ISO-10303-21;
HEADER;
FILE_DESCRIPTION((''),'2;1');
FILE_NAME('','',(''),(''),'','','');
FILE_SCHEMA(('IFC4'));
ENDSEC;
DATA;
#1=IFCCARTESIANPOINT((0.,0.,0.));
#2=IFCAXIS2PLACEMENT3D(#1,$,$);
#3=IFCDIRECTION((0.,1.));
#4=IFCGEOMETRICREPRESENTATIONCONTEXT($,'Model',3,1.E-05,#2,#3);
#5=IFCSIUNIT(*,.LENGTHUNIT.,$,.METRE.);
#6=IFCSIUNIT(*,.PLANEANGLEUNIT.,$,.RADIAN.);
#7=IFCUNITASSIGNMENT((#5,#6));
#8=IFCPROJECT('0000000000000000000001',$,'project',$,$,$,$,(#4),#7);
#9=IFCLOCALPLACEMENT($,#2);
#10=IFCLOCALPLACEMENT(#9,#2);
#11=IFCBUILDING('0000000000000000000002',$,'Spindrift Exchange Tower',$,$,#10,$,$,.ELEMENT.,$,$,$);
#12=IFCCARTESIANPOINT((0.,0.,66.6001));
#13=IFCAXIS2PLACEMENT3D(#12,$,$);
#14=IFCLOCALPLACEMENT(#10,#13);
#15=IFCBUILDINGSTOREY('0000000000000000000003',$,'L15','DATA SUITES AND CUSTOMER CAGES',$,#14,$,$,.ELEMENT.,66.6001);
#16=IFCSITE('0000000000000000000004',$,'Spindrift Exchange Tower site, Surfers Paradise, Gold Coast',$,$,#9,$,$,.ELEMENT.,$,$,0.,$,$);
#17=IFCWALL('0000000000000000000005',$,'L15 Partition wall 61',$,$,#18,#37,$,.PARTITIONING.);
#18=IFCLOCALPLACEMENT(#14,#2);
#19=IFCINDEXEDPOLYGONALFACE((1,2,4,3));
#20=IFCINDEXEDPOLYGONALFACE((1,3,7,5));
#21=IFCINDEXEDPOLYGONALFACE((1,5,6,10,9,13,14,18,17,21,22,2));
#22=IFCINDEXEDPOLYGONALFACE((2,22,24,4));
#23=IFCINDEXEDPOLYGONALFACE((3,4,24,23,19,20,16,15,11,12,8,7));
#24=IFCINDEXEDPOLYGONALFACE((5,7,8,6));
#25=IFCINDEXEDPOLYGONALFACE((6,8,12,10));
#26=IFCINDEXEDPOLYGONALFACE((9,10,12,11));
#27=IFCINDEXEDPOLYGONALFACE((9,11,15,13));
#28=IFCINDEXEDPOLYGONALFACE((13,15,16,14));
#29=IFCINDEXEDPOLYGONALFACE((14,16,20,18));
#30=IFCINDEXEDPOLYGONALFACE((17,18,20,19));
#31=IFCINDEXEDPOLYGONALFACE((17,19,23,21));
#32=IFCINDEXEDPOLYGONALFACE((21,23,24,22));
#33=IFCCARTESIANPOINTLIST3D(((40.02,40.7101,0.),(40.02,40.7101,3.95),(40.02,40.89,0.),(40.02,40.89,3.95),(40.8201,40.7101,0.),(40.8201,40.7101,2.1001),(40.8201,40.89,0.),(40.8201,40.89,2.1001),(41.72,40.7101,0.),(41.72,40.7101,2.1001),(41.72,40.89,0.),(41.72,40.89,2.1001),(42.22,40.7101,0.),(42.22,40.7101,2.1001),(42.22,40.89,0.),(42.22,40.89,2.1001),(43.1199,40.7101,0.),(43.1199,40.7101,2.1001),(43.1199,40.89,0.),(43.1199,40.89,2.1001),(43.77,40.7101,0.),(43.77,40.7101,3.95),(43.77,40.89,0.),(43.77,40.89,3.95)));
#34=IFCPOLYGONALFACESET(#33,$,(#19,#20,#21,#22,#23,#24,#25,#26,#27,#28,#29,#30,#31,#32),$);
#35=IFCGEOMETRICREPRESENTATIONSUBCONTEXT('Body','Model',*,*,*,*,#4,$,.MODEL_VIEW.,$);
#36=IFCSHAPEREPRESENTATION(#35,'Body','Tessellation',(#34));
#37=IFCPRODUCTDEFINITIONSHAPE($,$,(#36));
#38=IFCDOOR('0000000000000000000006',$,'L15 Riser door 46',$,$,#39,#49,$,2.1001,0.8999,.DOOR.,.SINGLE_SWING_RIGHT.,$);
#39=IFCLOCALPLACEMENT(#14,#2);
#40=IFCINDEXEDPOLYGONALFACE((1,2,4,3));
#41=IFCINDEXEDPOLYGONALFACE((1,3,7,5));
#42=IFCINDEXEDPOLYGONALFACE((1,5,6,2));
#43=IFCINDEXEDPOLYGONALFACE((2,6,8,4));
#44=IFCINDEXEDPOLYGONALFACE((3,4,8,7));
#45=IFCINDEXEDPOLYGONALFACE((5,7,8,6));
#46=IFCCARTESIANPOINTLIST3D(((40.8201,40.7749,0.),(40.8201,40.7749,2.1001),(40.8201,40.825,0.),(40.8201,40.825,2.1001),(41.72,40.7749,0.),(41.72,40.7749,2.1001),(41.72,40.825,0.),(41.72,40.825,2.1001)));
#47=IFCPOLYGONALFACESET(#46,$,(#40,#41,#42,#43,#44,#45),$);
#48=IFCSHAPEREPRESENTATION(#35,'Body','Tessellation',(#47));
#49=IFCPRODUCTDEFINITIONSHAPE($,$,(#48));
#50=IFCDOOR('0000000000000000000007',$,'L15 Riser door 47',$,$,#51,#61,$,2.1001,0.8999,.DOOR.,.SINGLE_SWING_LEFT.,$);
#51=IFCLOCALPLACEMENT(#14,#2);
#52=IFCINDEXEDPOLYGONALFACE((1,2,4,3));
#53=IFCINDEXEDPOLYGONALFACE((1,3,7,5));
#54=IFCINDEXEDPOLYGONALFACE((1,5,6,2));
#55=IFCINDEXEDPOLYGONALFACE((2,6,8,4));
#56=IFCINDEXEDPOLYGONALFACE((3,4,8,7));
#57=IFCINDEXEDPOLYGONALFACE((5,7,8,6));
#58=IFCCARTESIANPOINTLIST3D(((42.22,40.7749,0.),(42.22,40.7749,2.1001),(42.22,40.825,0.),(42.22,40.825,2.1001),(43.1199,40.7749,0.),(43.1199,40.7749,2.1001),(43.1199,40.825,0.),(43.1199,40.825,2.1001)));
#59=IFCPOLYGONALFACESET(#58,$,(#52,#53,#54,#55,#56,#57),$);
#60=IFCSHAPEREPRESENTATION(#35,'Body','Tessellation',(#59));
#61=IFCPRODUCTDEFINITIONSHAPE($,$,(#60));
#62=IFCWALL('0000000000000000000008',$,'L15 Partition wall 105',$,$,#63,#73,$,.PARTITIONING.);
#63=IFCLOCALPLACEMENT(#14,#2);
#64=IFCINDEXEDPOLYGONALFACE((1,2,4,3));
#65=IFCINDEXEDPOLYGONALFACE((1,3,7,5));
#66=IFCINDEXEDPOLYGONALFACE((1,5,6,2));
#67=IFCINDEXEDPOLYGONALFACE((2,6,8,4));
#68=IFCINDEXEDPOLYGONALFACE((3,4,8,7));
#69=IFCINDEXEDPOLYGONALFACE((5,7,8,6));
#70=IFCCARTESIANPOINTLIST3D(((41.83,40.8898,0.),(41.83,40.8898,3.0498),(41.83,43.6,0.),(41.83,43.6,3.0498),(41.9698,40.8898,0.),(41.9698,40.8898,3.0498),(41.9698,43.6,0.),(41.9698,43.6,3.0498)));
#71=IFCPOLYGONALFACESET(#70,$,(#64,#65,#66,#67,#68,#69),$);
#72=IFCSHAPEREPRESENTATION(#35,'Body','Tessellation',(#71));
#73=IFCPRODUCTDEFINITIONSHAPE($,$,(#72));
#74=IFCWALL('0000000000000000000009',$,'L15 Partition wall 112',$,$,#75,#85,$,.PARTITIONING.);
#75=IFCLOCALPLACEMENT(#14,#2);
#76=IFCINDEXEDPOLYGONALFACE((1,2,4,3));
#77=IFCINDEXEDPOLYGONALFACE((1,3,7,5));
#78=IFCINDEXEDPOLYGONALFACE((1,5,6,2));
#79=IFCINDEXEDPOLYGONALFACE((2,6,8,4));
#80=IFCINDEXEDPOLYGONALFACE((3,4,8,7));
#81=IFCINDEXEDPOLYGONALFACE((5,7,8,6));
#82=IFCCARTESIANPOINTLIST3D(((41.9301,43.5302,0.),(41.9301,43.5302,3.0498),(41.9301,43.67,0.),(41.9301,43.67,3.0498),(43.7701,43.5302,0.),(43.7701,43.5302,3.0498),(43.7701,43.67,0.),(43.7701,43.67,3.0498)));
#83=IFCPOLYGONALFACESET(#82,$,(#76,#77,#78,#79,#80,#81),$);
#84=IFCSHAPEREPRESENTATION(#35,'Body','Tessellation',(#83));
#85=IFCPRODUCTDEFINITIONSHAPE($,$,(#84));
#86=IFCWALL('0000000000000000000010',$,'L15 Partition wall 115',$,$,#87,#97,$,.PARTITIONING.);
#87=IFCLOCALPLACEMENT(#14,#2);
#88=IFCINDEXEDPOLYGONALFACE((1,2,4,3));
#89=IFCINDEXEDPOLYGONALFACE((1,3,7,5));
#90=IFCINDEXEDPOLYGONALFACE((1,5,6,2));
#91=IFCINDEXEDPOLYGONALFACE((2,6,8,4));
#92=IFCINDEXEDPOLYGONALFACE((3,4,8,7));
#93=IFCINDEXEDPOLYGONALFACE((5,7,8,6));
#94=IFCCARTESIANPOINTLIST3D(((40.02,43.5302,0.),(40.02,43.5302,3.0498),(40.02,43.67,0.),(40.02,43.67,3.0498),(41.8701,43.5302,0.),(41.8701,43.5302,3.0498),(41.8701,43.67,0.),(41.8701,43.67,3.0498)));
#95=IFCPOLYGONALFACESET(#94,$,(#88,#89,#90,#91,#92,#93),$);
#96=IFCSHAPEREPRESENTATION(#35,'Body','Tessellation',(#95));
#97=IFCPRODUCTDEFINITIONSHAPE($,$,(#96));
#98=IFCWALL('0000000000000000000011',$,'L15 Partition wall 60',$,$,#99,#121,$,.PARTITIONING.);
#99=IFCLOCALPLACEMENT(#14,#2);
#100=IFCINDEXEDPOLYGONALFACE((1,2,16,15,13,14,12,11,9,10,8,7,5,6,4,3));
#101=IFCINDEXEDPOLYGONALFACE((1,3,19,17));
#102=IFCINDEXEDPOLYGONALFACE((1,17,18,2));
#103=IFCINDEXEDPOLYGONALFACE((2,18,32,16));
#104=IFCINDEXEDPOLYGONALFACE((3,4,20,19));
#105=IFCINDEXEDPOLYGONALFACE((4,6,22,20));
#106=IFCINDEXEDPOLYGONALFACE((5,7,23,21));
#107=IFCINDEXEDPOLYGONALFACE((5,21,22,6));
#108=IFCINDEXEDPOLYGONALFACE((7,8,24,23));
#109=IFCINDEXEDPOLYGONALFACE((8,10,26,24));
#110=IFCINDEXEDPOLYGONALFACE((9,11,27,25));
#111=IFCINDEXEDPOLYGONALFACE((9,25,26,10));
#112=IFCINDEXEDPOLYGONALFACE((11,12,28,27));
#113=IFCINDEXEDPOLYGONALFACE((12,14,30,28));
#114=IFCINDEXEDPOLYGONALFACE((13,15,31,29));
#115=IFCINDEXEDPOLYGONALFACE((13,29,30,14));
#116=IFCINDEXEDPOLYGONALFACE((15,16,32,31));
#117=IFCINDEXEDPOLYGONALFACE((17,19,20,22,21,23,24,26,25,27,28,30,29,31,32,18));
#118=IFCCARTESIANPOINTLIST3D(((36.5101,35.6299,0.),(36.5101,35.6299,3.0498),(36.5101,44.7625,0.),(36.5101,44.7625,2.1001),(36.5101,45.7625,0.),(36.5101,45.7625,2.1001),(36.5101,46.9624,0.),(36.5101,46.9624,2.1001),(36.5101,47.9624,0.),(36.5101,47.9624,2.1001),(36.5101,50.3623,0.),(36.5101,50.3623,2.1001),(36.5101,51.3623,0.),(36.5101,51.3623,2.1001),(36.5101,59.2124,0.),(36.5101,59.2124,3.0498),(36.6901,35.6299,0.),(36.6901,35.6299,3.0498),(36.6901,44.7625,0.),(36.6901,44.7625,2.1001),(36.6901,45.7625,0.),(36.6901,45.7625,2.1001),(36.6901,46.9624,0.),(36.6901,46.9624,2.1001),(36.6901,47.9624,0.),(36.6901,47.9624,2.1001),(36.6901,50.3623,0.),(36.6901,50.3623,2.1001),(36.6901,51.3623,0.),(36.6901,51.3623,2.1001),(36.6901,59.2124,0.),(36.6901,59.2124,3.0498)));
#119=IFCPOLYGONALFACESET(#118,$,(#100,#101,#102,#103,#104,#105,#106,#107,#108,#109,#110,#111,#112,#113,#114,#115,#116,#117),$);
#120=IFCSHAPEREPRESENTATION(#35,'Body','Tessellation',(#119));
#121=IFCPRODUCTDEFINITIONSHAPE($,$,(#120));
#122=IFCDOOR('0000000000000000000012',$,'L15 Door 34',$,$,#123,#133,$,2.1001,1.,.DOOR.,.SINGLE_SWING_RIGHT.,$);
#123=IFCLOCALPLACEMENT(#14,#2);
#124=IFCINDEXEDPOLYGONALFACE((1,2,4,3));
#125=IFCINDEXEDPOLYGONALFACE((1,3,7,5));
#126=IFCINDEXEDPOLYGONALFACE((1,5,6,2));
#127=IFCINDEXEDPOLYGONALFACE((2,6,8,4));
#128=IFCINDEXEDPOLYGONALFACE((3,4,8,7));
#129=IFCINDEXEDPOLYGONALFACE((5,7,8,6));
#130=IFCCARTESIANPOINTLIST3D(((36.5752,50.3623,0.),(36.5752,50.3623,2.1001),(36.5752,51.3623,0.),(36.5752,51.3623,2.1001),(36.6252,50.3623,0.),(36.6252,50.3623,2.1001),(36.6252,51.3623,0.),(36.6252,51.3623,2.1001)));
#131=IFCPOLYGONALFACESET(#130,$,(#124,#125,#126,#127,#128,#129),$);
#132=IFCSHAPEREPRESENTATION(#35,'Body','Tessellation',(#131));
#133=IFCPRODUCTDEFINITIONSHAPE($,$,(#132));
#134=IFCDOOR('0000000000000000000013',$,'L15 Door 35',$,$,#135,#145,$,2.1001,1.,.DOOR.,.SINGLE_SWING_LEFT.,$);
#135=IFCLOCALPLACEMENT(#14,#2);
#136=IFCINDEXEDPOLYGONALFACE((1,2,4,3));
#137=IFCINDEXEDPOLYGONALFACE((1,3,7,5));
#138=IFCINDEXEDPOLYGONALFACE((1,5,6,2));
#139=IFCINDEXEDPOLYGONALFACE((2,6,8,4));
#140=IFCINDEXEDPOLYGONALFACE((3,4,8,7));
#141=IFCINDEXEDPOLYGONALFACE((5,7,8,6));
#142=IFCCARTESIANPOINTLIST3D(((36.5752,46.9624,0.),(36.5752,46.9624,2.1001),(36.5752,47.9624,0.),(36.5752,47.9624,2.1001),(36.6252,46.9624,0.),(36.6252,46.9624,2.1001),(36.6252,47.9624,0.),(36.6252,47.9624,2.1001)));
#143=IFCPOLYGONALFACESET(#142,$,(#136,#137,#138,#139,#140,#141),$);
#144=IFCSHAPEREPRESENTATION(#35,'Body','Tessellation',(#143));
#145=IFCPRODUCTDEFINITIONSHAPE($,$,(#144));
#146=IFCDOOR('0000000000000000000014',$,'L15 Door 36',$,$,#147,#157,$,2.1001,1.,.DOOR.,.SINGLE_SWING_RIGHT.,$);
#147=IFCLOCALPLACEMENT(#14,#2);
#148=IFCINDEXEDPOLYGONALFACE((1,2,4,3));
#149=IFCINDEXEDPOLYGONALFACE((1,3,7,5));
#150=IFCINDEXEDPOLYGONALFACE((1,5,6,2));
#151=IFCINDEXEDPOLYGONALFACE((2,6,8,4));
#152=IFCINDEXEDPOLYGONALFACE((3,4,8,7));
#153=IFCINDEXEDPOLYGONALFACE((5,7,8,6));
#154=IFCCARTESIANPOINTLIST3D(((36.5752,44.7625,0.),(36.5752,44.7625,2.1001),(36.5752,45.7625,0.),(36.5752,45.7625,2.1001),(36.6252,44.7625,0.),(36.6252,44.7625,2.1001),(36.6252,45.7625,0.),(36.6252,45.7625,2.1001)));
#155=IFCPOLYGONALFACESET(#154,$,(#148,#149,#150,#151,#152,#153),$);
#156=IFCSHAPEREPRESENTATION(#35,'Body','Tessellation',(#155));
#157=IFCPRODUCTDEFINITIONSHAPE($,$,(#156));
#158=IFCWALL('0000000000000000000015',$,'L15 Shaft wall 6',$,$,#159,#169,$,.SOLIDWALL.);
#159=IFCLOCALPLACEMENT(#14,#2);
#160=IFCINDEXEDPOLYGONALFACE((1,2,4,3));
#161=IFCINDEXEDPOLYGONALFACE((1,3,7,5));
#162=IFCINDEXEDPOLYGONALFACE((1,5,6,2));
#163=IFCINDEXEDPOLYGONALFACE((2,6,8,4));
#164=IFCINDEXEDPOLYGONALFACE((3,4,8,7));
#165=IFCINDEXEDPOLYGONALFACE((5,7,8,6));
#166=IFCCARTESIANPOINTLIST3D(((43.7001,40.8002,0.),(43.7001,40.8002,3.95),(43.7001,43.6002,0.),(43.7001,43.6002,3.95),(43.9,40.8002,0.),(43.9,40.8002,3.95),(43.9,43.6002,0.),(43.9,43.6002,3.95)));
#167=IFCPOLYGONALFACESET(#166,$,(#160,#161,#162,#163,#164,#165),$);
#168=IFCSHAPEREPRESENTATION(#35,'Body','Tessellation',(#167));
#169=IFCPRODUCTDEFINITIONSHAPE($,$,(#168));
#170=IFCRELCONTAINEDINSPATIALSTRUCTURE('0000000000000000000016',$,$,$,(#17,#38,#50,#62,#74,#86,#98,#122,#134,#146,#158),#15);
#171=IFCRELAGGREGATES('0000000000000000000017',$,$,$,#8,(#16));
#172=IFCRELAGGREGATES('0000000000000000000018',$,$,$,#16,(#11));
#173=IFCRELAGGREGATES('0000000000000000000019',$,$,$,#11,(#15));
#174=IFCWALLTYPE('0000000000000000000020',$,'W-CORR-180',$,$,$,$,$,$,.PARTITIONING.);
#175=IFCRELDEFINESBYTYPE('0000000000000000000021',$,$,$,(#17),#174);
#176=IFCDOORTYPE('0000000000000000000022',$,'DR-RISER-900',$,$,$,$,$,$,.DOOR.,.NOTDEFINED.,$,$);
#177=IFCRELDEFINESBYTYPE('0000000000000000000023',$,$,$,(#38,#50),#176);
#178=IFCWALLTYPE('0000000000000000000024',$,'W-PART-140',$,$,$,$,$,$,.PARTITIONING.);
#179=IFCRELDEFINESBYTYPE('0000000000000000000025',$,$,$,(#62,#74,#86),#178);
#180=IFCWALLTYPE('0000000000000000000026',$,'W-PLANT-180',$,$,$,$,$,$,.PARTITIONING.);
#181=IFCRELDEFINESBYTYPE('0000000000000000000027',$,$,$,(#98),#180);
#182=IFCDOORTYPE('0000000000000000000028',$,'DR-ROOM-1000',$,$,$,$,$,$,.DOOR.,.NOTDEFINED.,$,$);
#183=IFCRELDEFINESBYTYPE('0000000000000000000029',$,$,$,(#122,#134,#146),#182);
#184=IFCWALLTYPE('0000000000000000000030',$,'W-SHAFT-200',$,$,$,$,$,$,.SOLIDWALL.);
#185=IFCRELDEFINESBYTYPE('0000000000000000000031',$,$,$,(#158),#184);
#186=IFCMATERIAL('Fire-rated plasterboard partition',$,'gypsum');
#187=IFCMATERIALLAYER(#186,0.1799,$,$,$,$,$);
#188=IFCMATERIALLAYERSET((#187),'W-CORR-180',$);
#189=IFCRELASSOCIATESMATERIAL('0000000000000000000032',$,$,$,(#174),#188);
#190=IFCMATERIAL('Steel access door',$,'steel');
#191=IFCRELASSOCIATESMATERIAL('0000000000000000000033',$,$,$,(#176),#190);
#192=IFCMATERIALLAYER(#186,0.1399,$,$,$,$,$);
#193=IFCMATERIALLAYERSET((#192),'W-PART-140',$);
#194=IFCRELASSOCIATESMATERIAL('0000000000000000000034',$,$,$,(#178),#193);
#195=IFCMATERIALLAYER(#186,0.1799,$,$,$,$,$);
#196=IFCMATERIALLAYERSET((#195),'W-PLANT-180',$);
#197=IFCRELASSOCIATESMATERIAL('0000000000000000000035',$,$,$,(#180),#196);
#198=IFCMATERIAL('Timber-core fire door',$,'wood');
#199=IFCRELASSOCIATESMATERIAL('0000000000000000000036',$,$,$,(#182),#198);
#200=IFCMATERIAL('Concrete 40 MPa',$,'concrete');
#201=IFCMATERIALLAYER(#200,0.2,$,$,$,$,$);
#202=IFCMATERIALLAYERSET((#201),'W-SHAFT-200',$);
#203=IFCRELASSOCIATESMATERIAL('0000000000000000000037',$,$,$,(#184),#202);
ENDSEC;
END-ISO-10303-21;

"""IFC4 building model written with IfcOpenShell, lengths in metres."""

from ifc_helpers import new_model, si_unit, direction, frame, frame_2d, origin, place, context, subcontext, project, spatial, rectangle, extrude, source, transform, mapped, material, layer, layer_set, type_object, element, fill, save


model = new_model("IFC4")

# Units and contexts
model_context = context("Model", 3, precision=1e-05, world=origin(), true_north=direction((0.0, 1.0)))
body_context = subcontext(model_context, "Body", "Model", "MODEL_VIEW")
ifc_project = project(units=[si_unit("LENGTHUNIT", "METRE"), si_unit("PLANEANGLEUNIT", "RADIAN")], contexts=[model_context])

# Site, building, storey
site_placement = place(None, origin())
site = spatial("IfcSite", under=ifc_project, at=site_placement, Name="Spindrift Exchange Tower site, Surfers Paradise, Gold Coast", CompositionType="ELEMENT", RefElevation=0.0)
building_placement = place(site_placement, origin())
building = spatial("IfcBuilding", under=site, at=building_placement, Name="Spindrift Exchange Tower", CompositionType="ELEMENT")
storey_placement = place(building_placement, frame((0.0, 0.0, 66.6001)))
storey = spatial("IfcBuildingStorey", under=building, at=storey_placement, Name="L15", Description="DATA SUITES AND CUSTOMER CAGES", CompositionType="ELEMENT", Elevation=66.6001)

# Wall, openings, doors
ifc_material_1 = material(Name="Fire-rated plasterboard partition", Category="gypsum")
ifc_layer_1 = layer(ifc_material_1, 0.1799)
ifc_layer_set_1 = layer_set([ifc_layer_1], Name="W-CORR-180")
wall_type_1 = type_object("IfcWallType", Name="W-CORR-180", PredefinedType="PARTITIONING", material=ifc_layer_set_1)
wall_1_placement = place(storey_placement, frame((40.02, 40.8, 0.0), z_axis=(0.0, 0.0, 1.0), x_axis=(1.0, 0.0, 0.0)))
wall_1 = element("IfcWall", 1, at=wall_1_placement, inside=storey, type_object=wall_type_1, Name="L15 Partition wall 61", PredefinedType="PARTITIONING", context=body_context, shape_type="SweptSolid", body=[
    extrude(rectangle(XDim=3.75, YDim=0.1799, at=frame_2d((1.875, 0.0))), origin(), (0.0, 0.0, 1.0), 3.95),
])
opening_1_placement = place(wall_1_placement, frame((0.8, 0.0, 0.0)))
opening_1 = element("IfcOpeningElement", 2, at=opening_1_placement, cuts=wall_1, PredefinedType="OPENING", context=body_context, shape_type="SweptSolid", body=[
    extrude(rectangle(XDim=0.8999, YDim=2.1001, at=frame_2d((0.45, 1.05))), frame((0.0, 0.0999, 0.0), z_axis=(0.0, -1.0, 0.0), x_axis=(1.0, 0.0, 0.0)), (0.0, 0.0, 1.0), 0.2),
])
opening_2_placement = place(wall_1_placement, frame((2.2, 0.0, 0.0)))
opening_2 = element("IfcOpeningElement", 3, at=opening_2_placement, cuts=wall_1, PredefinedType="OPENING", context=body_context, shape_type="SweptSolid", body=[
    extrude(rectangle(XDim=0.8999, YDim=2.1001, at=frame_2d((0.45, 1.05))), frame((0.0, 0.0999, 0.0), z_axis=(0.0, -1.0, 0.0), x_axis=(1.0, 0.0, 0.0)), (0.0, 0.0, 1.0), 0.2),
])
ifc_material_2 = material(Name="Steel access door", Category="steel")
door_type_1 = type_object("IfcDoorType", Name="DR-RISER-900", OperationType="NOTDEFINED", PredefinedType="DOOR", material=ifc_material_2)
shared_shape_1 = source(origin(), body_context, "Body", "SweptSolid", [
    extrude(rectangle(XDim=0.8999, YDim=2.1001, at=frame_2d((0.45, 1.05))), frame((0.0, 0.0249, 0.0), z_axis=(0.0, -1.0, 0.0), x_axis=(1.0, 0.0, 0.0)), (0.0, 0.0, 1.0), 0.05),
])
door_1_placement = place(opening_1_placement, origin())
door_1 = element("IfcDoor", 4, at=door_1_placement, inside=storey, type_object=door_type_1, Name="L15 Riser door 46", OperationType="SINGLE_SWING_RIGHT", OverallHeight=2.1001, OverallWidth=0.8999, PredefinedType="DOOR", context=body_context, shape_type="MappedRepresentation", body=[
    mapped(shared_shape_1, transform((0.0, 0.0, 0.0), scale=1.0)),
])
fill(opening_1, door_1)
door_2_placement = place(opening_2_placement, origin())
door_2 = element("IfcDoor", 5, at=door_2_placement, inside=storey, type_object=door_type_1, Name="L15 Riser door 47", OperationType="SINGLE_SWING_LEFT", OverallHeight=2.1001, OverallWidth=0.8999, PredefinedType="DOOR", context=body_context, shape_type="MappedRepresentation", body=[
    mapped(shared_shape_1, transform((0.0, 0.0, 0.0), scale=1.0)),
])
fill(opening_2, door_2)

# Walls
ifc_layer_2 = layer(ifc_material_1, 0.1399)
ifc_layer_set_2 = layer_set([ifc_layer_2], Name="W-PART-140")
wall_type_2 = type_object("IfcWallType", Name="W-PART-140", PredefinedType="PARTITIONING", material=ifc_layer_set_2)
wall_2_placement = place(storey_placement, frame((41.8999, 40.8899, 0.0), z_axis=(0.0, 0.0, 1.0), x_axis=(0.0, 1.0, 0.0)))
element("IfcWall", 6, at=wall_2_placement, inside=storey, type_object=wall_type_2, Name="L15 Partition wall 105", PredefinedType="PARTITIONING", context=body_context, shape_type="SweptSolid", body=[
    extrude(rectangle(XDim=2.7102, YDim=0.1399, at=frame_2d((1.355, 0.0))), origin(), (0.0, 0.0, 1.0), 3.0498),
])
wall_3_placement = place(storey_placement, frame((43.77, 43.6001, 0.0), z_axis=(0.0, 0.0, 1.0), x_axis=(-1.0, 0.0, 0.0)))
element("IfcWall", 7, at=wall_3_placement, inside=storey, type_object=wall_type_2, Name="L15 Partition wall 112", PredefinedType="PARTITIONING", context=body_context, shape_type="SweptSolid", body=[
    extrude(rectangle(XDim=1.8401, YDim=0.1399, at=frame_2d((0.9199, 0.0))), origin(), (0.0, 0.0, 1.0), 3.0498),
])
wall_4_placement = place(storey_placement, frame((41.8701, 43.6001, 0.0), z_axis=(0.0, 0.0, 1.0), x_axis=(-1.0, 0.0, 0.0)))
element("IfcWall", 8, at=wall_4_placement, inside=storey, type_object=wall_type_2, Name="L15 Partition wall 115", PredefinedType="PARTITIONING", context=body_context, shape_type="SweptSolid", body=[
    extrude(rectangle(XDim=1.8501, YDim=0.1399, at=frame_2d((0.925, 0.0))), origin(), (0.0, 0.0, 1.0), 3.0498),
])

# Wall, openings, doors
ifc_layer_3 = layer(ifc_material_1, 0.1799)
ifc_layer_set_3 = layer_set([ifc_layer_3], Name="W-PLANT-180")
wall_type_3 = type_object("IfcWallType", Name="W-PLANT-180", PredefinedType="PARTITIONING", material=ifc_layer_set_3)
wall_5_placement = place(storey_placement, frame((36.6001, 35.6299, 0.0), z_axis=(0.0, 0.0, 1.0), x_axis=(0.0, 1.0, 0.0)))
wall_5 = element("IfcWall", 9, at=wall_5_placement, inside=storey, type_object=wall_type_3, Name="L15 Partition wall 60", PredefinedType="PARTITIONING", context=body_context, shape_type="SweptSolid", body=[
    extrude(rectangle(XDim=23.5825, YDim=0.1799, at=frame_2d((11.7913, 0.0))), origin(), (0.0, 0.0, 1.0), 3.0498),
])
opening_3_placement = place(wall_5_placement, frame((14.7324, 0.0, 0.0)))
opening_3 = element("IfcOpeningElement", 10, at=opening_3_placement, cuts=wall_5, PredefinedType="OPENING", context=body_context, shape_type="SweptSolid", body=[
    extrude(rectangle(XDim=1.0, YDim=2.1001, at=frame_2d((0.5, 1.05))), frame((0.0, 0.0999, 0.0), z_axis=(0.0, -1.0, 0.0), x_axis=(1.0, 0.0, 0.0)), (0.0, 0.0, 1.0), 0.2),
])
opening_4_placement = place(wall_5_placement, frame((11.3325, 0.0, 0.0)))
opening_4 = element("IfcOpeningElement", 11, at=opening_4_placement, cuts=wall_5, PredefinedType="OPENING", context=body_context, shape_type="SweptSolid", body=[
    extrude(rectangle(XDim=1.0, YDim=2.1001, at=frame_2d((0.5, 1.05))), frame((0.0, 0.0999, 0.0), z_axis=(0.0, -1.0, 0.0), x_axis=(1.0, 0.0, 0.0)), (0.0, 0.0, 1.0), 0.2),
])
opening_5_placement = place(wall_5_placement, frame((9.1326, 0.0, 0.0)))
opening_5 = element("IfcOpeningElement", 12, at=opening_5_placement, cuts=wall_5, PredefinedType="OPENING", context=body_context, shape_type="SweptSolid", body=[
    extrude(rectangle(XDim=1.0, YDim=2.1001, at=frame_2d((0.5, 1.05))), frame((0.0, 0.0999, 0.0), z_axis=(0.0, -1.0, 0.0), x_axis=(1.0, 0.0, 0.0)), (0.0, 0.0, 1.0), 0.2),
])
ifc_material_3 = material(Name="Timber-core fire door", Category="wood")
door_type_2 = type_object("IfcDoorType", Name="DR-ROOM-1000", OperationType="NOTDEFINED", PredefinedType="DOOR", material=ifc_material_3)
shared_shape_2 = source(origin(), body_context, "Body", "SweptSolid", [
    extrude(rectangle(XDim=1.0, YDim=2.1001, at=frame_2d((0.5, 1.05))), frame((0.0, 0.0249, 0.0), z_axis=(0.0, -1.0, 0.0), x_axis=(1.0, 0.0, 0.0)), (0.0, 0.0, 1.0), 0.05),
])
door_3_placement = place(opening_3_placement, origin())
door_3 = element("IfcDoor", 13, at=door_3_placement, inside=storey, type_object=door_type_2, Name="L15 Door 34", OperationType="SINGLE_SWING_RIGHT", OverallHeight=2.1001, OverallWidth=1.0, PredefinedType="DOOR", context=body_context, shape_type="MappedRepresentation", body=[
    mapped(shared_shape_2, transform((0.0, 0.0, 0.0), scale=1.0)),
])
fill(opening_3, door_3)
door_4_placement = place(opening_4_placement, origin())
door_4 = element("IfcDoor", 14, at=door_4_placement, inside=storey, type_object=door_type_2, Name="L15 Door 35", OperationType="SINGLE_SWING_LEFT", OverallHeight=2.1001, OverallWidth=1.0, PredefinedType="DOOR", context=body_context, shape_type="MappedRepresentation", body=[
    mapped(shared_shape_2, transform((0.0, 0.0, 0.0), scale=1.0)),
])
fill(opening_4, door_4)
door_5_placement = place(opening_5_placement, origin())
door_5 = element("IfcDoor", 15, at=door_5_placement, inside=storey, type_object=door_type_2, Name="L15 Door 36", OperationType="SINGLE_SWING_RIGHT", OverallHeight=2.1001, OverallWidth=1.0, PredefinedType="DOOR", context=body_context, shape_type="MappedRepresentation", body=[
    mapped(shared_shape_2, transform((0.0, 0.0, 0.0), scale=1.0)),
])
fill(opening_5, door_5)

# Wall
ifc_material_4 = material(Name="Concrete 40 MPa", Category="concrete")
ifc_layer_4 = layer(ifc_material_4, 0.2)
ifc_layer_set_4 = layer_set([ifc_layer_4], Name="W-SHAFT-200")
wall_type_4 = type_object("IfcWallType", Name="W-SHAFT-200", PredefinedType="SOLIDWALL", material=ifc_layer_set_4)
wall_6_placement = place(storey_placement, frame((43.8, 43.6001, 0.0), z_axis=(0.0, 0.0, 1.0), x_axis=(0.0, -1.0, 0.0)))
element("IfcWall", 16, at=wall_6_placement, inside=storey, type_object=wall_type_4, Name="L15 Shaft wall 6", PredefinedType="SOLIDWALL", context=body_context, shape_type="SweptSolid", body=[
    extrude(rectangle(XDim=2.8, YDim=0.2, at=frame_2d((1.3999, 0.0))), origin(), (0.0, 0.0, 1.0), 3.95),
])

save(model, "model.ifc")
